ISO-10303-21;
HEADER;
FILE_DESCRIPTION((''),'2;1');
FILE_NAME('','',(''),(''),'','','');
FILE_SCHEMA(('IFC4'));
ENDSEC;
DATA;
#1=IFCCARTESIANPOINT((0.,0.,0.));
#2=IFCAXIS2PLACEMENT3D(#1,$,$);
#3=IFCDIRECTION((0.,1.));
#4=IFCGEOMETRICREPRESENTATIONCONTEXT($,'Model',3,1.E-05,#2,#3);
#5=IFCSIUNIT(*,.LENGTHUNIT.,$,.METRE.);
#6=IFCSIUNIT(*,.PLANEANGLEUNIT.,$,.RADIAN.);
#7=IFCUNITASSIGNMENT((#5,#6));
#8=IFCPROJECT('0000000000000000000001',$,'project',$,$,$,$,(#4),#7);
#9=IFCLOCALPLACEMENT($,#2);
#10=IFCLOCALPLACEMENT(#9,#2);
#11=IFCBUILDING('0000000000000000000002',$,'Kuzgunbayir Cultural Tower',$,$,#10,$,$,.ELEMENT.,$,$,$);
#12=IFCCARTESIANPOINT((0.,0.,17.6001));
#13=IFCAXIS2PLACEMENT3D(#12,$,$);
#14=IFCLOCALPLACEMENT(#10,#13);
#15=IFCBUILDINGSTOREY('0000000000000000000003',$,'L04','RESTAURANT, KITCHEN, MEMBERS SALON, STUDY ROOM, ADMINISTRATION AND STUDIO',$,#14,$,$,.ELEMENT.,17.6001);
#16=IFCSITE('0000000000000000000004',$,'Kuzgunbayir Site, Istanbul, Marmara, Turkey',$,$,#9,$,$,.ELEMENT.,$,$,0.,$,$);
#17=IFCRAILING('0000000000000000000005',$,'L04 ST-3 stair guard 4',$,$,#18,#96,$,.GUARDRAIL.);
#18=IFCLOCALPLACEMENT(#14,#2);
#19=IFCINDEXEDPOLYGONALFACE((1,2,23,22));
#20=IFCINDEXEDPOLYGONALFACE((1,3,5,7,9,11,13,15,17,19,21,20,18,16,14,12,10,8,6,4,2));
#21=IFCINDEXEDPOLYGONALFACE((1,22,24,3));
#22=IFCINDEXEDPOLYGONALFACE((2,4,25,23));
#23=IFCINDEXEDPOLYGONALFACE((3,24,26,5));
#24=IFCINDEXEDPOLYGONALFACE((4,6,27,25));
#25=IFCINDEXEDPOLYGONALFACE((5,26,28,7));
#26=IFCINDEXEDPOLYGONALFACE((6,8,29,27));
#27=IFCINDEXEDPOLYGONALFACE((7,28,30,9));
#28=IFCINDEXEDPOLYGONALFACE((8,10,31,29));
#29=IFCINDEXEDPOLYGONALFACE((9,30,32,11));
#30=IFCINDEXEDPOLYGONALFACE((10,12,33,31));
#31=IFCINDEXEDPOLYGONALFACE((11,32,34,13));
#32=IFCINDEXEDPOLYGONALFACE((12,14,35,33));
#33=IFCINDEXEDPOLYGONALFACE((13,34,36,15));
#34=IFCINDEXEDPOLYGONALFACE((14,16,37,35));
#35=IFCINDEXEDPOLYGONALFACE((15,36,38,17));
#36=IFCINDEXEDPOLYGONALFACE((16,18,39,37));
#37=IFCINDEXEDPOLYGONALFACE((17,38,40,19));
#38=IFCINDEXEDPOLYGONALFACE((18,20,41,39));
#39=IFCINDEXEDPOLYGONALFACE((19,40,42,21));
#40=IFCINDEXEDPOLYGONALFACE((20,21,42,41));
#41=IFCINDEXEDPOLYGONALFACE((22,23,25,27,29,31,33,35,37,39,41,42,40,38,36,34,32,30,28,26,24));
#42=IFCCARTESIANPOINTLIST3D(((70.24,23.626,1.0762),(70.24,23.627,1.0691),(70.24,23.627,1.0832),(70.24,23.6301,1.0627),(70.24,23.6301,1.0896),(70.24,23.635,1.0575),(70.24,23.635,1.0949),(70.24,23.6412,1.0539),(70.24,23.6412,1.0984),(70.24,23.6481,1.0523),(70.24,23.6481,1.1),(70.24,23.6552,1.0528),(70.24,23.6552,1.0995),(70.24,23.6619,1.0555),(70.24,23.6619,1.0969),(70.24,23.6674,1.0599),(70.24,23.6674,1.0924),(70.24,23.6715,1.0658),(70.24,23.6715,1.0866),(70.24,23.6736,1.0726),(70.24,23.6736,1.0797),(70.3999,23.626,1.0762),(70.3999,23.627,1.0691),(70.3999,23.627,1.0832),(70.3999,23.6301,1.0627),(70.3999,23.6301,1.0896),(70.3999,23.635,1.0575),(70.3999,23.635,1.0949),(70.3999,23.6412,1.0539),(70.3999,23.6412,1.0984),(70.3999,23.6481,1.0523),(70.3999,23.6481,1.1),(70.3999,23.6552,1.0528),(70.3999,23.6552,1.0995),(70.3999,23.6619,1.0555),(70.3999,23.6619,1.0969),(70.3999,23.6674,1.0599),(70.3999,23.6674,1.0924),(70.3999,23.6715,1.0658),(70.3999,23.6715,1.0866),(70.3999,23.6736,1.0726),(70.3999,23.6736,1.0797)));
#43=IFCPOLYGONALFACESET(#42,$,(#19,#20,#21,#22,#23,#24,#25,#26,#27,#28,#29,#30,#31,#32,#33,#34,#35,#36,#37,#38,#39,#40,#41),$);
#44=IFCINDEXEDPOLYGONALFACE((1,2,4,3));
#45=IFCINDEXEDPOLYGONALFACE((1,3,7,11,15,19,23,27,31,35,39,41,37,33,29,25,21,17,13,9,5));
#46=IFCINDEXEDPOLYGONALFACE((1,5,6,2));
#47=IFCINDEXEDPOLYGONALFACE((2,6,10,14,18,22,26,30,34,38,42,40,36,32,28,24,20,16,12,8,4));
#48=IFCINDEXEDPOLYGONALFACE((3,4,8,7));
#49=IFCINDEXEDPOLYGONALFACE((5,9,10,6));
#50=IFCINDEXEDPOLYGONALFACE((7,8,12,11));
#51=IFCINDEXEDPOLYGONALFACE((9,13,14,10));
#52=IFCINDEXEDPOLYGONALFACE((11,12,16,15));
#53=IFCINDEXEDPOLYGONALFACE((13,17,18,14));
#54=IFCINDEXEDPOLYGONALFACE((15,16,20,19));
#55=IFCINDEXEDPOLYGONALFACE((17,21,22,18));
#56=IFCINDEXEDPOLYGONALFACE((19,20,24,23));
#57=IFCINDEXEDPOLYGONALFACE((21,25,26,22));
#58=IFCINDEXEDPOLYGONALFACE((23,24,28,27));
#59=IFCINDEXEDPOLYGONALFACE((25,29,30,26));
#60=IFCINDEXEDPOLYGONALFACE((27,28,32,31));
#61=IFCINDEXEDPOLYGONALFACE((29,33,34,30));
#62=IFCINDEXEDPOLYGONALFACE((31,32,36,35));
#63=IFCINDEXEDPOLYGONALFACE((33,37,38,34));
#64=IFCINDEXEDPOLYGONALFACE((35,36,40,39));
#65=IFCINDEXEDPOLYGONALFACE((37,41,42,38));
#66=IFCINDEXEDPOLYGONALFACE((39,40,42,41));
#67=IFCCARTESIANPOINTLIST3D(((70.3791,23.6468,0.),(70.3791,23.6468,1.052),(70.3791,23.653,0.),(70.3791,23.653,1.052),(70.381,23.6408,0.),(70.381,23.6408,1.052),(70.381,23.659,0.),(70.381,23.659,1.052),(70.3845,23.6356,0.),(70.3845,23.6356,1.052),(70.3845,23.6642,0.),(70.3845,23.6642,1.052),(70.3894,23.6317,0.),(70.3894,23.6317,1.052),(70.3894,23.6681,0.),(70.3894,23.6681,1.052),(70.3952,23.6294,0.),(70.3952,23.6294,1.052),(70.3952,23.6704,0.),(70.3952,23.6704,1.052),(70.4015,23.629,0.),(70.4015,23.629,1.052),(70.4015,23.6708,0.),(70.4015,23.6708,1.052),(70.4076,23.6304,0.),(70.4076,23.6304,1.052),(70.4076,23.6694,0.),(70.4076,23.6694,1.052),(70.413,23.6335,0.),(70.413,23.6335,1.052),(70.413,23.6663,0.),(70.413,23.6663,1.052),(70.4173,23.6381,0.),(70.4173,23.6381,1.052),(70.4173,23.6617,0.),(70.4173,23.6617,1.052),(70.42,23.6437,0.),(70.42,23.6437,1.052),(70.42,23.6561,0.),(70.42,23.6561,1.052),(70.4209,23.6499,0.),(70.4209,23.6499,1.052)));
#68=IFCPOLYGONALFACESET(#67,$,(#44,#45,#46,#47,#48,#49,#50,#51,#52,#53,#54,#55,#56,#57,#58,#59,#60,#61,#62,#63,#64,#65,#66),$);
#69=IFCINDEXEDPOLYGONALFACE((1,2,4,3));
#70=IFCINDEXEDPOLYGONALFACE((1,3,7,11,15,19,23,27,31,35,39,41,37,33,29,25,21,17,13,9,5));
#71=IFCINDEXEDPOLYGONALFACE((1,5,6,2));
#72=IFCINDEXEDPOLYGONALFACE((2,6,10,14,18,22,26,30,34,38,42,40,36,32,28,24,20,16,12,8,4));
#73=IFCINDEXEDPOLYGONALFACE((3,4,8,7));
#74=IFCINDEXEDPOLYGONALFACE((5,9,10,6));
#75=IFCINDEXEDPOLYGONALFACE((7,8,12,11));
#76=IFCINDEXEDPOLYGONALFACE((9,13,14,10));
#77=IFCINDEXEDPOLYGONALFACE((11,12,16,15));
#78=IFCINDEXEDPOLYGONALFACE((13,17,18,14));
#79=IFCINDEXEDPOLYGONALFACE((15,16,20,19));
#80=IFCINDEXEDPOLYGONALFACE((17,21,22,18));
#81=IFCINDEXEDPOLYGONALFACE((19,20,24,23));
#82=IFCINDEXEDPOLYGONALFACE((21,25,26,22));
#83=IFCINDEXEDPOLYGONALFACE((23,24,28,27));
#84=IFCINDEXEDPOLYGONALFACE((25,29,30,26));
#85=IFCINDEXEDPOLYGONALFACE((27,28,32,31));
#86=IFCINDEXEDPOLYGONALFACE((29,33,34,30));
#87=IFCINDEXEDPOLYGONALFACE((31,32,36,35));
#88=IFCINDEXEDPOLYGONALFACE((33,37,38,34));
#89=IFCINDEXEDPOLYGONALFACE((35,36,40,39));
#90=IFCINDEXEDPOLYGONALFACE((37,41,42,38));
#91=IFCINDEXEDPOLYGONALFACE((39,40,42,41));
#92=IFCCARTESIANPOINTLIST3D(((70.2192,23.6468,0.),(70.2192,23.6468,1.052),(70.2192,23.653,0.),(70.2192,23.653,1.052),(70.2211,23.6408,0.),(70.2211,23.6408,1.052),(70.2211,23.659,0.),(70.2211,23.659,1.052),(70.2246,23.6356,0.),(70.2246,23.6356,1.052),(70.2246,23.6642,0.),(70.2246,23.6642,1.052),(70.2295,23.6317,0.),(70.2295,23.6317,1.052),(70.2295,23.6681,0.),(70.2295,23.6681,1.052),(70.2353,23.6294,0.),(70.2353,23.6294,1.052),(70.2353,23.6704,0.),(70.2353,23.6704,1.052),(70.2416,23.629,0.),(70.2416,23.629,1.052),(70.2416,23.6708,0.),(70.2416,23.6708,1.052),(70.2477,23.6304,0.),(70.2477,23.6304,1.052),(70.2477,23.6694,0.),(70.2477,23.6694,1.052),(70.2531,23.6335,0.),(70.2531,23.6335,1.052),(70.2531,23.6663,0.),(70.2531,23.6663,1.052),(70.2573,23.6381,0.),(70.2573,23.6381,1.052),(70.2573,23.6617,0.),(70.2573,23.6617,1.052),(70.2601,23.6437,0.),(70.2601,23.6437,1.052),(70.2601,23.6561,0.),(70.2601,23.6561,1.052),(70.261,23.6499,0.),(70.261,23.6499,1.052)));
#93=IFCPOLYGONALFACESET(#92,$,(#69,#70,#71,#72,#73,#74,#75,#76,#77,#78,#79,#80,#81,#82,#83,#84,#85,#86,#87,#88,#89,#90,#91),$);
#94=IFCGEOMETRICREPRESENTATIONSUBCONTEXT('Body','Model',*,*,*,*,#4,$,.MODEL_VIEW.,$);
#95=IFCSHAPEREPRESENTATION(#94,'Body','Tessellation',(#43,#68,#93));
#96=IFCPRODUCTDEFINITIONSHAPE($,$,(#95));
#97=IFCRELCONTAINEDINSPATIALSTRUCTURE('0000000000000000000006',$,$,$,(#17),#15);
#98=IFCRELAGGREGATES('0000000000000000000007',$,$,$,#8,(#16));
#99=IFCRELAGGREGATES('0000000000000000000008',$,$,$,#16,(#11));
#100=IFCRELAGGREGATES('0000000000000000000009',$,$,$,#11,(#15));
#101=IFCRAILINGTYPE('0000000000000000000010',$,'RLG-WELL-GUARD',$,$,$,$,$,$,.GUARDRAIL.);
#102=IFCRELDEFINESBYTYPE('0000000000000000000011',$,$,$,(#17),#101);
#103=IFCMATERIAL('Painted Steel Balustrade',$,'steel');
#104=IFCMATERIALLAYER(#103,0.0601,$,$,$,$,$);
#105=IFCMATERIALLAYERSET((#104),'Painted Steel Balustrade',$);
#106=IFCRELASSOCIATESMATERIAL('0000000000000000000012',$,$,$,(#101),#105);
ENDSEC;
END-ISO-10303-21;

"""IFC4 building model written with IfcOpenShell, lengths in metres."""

from ifc_helpers import new_model, si_unit, direction, frame, origin, origin_2d, place, context, subcontext, project, spatial, circle, extrude, material, layer, layer_set, type_object, element, save


model = new_model("IFC4")

# Units and contexts
model_context = context("Model", 3, precision=1e-05, world=origin(), true_north=direction((0.0, 1.0)))
body_context = subcontext(model_context, "Body", "Model", "MODEL_VIEW")
ifc_project = project(units=[si_unit("LENGTHUNIT", "METRE"), si_unit("PLANEANGLEUNIT", "RADIAN")], contexts=[model_context])

# Site, building, storey
site_placement = place(None, origin())
site = spatial("IfcSite", under=ifc_project, at=site_placement, Name="Kuzgunbayir Site, Istanbul, Marmara, Turkey", CompositionType="ELEMENT", RefElevation=0.0)
building_placement = place(site_placement, origin())
building = spatial("IfcBuilding", under=site, at=building_placement, Name="Kuzgunbayir Cultural Tower", CompositionType="ELEMENT")
storey_placement = place(building_placement, frame((0.0, 0.0, 17.6001)))
storey = spatial("IfcBuildingStorey", under=building, at=storey_placement, Name="L04", Description="RESTAURANT, KITCHEN, MEMBERS SALON, STUDY ROOM, ADMINISTRATION AND STUDIO", CompositionType="ELEMENT", Elevation=17.6001)

# Railing
ifc_material_1 = material(Name="Painted Steel Balustrade", Category="steel")
ifc_layer_1 = layer(ifc_material_1, 0.0601)
ifc_layer_set_1 = layer_set([ifc_layer_1], Name="Painted Steel Balustrade")
railing_type_1 = type_object("IfcRailingType", Name="RLG-WELL-GUARD", PredefinedType="GUARDRAIL", material=ifc_layer_set_1)
railing_1_placement = place(storey_placement, frame((70.3999, 23.6499, 0.0)))
element("IfcRailing", 1, at=railing_1_placement, inside=storey, type_object=railing_type_1, Name="L04 ST-3 stair guard 4", PredefinedType="GUARDRAIL", context=body_context, shape_type="SweptSolid", body=[
    extrude(circle(Radius=0.0239, at=origin_2d()), frame((0.0, 0.0, 1.0762), z_axis=(-1.0, 0.0, 0.0), x_axis=(0.0, -1.0, 0.0)), (0.0, 0.0, 1.0), 0.1599),
    extrude(circle(Radius=0.021, at=origin_2d()), origin(), (0.0, 0.0, 1.0), 1.052),
    extrude(circle(Radius=0.021, at=origin_2d()), frame((-0.1599, 0.0, 0.0)), (0.0, 0.0, 1.0), 1.052),
])

save(model, "model.ifc")
